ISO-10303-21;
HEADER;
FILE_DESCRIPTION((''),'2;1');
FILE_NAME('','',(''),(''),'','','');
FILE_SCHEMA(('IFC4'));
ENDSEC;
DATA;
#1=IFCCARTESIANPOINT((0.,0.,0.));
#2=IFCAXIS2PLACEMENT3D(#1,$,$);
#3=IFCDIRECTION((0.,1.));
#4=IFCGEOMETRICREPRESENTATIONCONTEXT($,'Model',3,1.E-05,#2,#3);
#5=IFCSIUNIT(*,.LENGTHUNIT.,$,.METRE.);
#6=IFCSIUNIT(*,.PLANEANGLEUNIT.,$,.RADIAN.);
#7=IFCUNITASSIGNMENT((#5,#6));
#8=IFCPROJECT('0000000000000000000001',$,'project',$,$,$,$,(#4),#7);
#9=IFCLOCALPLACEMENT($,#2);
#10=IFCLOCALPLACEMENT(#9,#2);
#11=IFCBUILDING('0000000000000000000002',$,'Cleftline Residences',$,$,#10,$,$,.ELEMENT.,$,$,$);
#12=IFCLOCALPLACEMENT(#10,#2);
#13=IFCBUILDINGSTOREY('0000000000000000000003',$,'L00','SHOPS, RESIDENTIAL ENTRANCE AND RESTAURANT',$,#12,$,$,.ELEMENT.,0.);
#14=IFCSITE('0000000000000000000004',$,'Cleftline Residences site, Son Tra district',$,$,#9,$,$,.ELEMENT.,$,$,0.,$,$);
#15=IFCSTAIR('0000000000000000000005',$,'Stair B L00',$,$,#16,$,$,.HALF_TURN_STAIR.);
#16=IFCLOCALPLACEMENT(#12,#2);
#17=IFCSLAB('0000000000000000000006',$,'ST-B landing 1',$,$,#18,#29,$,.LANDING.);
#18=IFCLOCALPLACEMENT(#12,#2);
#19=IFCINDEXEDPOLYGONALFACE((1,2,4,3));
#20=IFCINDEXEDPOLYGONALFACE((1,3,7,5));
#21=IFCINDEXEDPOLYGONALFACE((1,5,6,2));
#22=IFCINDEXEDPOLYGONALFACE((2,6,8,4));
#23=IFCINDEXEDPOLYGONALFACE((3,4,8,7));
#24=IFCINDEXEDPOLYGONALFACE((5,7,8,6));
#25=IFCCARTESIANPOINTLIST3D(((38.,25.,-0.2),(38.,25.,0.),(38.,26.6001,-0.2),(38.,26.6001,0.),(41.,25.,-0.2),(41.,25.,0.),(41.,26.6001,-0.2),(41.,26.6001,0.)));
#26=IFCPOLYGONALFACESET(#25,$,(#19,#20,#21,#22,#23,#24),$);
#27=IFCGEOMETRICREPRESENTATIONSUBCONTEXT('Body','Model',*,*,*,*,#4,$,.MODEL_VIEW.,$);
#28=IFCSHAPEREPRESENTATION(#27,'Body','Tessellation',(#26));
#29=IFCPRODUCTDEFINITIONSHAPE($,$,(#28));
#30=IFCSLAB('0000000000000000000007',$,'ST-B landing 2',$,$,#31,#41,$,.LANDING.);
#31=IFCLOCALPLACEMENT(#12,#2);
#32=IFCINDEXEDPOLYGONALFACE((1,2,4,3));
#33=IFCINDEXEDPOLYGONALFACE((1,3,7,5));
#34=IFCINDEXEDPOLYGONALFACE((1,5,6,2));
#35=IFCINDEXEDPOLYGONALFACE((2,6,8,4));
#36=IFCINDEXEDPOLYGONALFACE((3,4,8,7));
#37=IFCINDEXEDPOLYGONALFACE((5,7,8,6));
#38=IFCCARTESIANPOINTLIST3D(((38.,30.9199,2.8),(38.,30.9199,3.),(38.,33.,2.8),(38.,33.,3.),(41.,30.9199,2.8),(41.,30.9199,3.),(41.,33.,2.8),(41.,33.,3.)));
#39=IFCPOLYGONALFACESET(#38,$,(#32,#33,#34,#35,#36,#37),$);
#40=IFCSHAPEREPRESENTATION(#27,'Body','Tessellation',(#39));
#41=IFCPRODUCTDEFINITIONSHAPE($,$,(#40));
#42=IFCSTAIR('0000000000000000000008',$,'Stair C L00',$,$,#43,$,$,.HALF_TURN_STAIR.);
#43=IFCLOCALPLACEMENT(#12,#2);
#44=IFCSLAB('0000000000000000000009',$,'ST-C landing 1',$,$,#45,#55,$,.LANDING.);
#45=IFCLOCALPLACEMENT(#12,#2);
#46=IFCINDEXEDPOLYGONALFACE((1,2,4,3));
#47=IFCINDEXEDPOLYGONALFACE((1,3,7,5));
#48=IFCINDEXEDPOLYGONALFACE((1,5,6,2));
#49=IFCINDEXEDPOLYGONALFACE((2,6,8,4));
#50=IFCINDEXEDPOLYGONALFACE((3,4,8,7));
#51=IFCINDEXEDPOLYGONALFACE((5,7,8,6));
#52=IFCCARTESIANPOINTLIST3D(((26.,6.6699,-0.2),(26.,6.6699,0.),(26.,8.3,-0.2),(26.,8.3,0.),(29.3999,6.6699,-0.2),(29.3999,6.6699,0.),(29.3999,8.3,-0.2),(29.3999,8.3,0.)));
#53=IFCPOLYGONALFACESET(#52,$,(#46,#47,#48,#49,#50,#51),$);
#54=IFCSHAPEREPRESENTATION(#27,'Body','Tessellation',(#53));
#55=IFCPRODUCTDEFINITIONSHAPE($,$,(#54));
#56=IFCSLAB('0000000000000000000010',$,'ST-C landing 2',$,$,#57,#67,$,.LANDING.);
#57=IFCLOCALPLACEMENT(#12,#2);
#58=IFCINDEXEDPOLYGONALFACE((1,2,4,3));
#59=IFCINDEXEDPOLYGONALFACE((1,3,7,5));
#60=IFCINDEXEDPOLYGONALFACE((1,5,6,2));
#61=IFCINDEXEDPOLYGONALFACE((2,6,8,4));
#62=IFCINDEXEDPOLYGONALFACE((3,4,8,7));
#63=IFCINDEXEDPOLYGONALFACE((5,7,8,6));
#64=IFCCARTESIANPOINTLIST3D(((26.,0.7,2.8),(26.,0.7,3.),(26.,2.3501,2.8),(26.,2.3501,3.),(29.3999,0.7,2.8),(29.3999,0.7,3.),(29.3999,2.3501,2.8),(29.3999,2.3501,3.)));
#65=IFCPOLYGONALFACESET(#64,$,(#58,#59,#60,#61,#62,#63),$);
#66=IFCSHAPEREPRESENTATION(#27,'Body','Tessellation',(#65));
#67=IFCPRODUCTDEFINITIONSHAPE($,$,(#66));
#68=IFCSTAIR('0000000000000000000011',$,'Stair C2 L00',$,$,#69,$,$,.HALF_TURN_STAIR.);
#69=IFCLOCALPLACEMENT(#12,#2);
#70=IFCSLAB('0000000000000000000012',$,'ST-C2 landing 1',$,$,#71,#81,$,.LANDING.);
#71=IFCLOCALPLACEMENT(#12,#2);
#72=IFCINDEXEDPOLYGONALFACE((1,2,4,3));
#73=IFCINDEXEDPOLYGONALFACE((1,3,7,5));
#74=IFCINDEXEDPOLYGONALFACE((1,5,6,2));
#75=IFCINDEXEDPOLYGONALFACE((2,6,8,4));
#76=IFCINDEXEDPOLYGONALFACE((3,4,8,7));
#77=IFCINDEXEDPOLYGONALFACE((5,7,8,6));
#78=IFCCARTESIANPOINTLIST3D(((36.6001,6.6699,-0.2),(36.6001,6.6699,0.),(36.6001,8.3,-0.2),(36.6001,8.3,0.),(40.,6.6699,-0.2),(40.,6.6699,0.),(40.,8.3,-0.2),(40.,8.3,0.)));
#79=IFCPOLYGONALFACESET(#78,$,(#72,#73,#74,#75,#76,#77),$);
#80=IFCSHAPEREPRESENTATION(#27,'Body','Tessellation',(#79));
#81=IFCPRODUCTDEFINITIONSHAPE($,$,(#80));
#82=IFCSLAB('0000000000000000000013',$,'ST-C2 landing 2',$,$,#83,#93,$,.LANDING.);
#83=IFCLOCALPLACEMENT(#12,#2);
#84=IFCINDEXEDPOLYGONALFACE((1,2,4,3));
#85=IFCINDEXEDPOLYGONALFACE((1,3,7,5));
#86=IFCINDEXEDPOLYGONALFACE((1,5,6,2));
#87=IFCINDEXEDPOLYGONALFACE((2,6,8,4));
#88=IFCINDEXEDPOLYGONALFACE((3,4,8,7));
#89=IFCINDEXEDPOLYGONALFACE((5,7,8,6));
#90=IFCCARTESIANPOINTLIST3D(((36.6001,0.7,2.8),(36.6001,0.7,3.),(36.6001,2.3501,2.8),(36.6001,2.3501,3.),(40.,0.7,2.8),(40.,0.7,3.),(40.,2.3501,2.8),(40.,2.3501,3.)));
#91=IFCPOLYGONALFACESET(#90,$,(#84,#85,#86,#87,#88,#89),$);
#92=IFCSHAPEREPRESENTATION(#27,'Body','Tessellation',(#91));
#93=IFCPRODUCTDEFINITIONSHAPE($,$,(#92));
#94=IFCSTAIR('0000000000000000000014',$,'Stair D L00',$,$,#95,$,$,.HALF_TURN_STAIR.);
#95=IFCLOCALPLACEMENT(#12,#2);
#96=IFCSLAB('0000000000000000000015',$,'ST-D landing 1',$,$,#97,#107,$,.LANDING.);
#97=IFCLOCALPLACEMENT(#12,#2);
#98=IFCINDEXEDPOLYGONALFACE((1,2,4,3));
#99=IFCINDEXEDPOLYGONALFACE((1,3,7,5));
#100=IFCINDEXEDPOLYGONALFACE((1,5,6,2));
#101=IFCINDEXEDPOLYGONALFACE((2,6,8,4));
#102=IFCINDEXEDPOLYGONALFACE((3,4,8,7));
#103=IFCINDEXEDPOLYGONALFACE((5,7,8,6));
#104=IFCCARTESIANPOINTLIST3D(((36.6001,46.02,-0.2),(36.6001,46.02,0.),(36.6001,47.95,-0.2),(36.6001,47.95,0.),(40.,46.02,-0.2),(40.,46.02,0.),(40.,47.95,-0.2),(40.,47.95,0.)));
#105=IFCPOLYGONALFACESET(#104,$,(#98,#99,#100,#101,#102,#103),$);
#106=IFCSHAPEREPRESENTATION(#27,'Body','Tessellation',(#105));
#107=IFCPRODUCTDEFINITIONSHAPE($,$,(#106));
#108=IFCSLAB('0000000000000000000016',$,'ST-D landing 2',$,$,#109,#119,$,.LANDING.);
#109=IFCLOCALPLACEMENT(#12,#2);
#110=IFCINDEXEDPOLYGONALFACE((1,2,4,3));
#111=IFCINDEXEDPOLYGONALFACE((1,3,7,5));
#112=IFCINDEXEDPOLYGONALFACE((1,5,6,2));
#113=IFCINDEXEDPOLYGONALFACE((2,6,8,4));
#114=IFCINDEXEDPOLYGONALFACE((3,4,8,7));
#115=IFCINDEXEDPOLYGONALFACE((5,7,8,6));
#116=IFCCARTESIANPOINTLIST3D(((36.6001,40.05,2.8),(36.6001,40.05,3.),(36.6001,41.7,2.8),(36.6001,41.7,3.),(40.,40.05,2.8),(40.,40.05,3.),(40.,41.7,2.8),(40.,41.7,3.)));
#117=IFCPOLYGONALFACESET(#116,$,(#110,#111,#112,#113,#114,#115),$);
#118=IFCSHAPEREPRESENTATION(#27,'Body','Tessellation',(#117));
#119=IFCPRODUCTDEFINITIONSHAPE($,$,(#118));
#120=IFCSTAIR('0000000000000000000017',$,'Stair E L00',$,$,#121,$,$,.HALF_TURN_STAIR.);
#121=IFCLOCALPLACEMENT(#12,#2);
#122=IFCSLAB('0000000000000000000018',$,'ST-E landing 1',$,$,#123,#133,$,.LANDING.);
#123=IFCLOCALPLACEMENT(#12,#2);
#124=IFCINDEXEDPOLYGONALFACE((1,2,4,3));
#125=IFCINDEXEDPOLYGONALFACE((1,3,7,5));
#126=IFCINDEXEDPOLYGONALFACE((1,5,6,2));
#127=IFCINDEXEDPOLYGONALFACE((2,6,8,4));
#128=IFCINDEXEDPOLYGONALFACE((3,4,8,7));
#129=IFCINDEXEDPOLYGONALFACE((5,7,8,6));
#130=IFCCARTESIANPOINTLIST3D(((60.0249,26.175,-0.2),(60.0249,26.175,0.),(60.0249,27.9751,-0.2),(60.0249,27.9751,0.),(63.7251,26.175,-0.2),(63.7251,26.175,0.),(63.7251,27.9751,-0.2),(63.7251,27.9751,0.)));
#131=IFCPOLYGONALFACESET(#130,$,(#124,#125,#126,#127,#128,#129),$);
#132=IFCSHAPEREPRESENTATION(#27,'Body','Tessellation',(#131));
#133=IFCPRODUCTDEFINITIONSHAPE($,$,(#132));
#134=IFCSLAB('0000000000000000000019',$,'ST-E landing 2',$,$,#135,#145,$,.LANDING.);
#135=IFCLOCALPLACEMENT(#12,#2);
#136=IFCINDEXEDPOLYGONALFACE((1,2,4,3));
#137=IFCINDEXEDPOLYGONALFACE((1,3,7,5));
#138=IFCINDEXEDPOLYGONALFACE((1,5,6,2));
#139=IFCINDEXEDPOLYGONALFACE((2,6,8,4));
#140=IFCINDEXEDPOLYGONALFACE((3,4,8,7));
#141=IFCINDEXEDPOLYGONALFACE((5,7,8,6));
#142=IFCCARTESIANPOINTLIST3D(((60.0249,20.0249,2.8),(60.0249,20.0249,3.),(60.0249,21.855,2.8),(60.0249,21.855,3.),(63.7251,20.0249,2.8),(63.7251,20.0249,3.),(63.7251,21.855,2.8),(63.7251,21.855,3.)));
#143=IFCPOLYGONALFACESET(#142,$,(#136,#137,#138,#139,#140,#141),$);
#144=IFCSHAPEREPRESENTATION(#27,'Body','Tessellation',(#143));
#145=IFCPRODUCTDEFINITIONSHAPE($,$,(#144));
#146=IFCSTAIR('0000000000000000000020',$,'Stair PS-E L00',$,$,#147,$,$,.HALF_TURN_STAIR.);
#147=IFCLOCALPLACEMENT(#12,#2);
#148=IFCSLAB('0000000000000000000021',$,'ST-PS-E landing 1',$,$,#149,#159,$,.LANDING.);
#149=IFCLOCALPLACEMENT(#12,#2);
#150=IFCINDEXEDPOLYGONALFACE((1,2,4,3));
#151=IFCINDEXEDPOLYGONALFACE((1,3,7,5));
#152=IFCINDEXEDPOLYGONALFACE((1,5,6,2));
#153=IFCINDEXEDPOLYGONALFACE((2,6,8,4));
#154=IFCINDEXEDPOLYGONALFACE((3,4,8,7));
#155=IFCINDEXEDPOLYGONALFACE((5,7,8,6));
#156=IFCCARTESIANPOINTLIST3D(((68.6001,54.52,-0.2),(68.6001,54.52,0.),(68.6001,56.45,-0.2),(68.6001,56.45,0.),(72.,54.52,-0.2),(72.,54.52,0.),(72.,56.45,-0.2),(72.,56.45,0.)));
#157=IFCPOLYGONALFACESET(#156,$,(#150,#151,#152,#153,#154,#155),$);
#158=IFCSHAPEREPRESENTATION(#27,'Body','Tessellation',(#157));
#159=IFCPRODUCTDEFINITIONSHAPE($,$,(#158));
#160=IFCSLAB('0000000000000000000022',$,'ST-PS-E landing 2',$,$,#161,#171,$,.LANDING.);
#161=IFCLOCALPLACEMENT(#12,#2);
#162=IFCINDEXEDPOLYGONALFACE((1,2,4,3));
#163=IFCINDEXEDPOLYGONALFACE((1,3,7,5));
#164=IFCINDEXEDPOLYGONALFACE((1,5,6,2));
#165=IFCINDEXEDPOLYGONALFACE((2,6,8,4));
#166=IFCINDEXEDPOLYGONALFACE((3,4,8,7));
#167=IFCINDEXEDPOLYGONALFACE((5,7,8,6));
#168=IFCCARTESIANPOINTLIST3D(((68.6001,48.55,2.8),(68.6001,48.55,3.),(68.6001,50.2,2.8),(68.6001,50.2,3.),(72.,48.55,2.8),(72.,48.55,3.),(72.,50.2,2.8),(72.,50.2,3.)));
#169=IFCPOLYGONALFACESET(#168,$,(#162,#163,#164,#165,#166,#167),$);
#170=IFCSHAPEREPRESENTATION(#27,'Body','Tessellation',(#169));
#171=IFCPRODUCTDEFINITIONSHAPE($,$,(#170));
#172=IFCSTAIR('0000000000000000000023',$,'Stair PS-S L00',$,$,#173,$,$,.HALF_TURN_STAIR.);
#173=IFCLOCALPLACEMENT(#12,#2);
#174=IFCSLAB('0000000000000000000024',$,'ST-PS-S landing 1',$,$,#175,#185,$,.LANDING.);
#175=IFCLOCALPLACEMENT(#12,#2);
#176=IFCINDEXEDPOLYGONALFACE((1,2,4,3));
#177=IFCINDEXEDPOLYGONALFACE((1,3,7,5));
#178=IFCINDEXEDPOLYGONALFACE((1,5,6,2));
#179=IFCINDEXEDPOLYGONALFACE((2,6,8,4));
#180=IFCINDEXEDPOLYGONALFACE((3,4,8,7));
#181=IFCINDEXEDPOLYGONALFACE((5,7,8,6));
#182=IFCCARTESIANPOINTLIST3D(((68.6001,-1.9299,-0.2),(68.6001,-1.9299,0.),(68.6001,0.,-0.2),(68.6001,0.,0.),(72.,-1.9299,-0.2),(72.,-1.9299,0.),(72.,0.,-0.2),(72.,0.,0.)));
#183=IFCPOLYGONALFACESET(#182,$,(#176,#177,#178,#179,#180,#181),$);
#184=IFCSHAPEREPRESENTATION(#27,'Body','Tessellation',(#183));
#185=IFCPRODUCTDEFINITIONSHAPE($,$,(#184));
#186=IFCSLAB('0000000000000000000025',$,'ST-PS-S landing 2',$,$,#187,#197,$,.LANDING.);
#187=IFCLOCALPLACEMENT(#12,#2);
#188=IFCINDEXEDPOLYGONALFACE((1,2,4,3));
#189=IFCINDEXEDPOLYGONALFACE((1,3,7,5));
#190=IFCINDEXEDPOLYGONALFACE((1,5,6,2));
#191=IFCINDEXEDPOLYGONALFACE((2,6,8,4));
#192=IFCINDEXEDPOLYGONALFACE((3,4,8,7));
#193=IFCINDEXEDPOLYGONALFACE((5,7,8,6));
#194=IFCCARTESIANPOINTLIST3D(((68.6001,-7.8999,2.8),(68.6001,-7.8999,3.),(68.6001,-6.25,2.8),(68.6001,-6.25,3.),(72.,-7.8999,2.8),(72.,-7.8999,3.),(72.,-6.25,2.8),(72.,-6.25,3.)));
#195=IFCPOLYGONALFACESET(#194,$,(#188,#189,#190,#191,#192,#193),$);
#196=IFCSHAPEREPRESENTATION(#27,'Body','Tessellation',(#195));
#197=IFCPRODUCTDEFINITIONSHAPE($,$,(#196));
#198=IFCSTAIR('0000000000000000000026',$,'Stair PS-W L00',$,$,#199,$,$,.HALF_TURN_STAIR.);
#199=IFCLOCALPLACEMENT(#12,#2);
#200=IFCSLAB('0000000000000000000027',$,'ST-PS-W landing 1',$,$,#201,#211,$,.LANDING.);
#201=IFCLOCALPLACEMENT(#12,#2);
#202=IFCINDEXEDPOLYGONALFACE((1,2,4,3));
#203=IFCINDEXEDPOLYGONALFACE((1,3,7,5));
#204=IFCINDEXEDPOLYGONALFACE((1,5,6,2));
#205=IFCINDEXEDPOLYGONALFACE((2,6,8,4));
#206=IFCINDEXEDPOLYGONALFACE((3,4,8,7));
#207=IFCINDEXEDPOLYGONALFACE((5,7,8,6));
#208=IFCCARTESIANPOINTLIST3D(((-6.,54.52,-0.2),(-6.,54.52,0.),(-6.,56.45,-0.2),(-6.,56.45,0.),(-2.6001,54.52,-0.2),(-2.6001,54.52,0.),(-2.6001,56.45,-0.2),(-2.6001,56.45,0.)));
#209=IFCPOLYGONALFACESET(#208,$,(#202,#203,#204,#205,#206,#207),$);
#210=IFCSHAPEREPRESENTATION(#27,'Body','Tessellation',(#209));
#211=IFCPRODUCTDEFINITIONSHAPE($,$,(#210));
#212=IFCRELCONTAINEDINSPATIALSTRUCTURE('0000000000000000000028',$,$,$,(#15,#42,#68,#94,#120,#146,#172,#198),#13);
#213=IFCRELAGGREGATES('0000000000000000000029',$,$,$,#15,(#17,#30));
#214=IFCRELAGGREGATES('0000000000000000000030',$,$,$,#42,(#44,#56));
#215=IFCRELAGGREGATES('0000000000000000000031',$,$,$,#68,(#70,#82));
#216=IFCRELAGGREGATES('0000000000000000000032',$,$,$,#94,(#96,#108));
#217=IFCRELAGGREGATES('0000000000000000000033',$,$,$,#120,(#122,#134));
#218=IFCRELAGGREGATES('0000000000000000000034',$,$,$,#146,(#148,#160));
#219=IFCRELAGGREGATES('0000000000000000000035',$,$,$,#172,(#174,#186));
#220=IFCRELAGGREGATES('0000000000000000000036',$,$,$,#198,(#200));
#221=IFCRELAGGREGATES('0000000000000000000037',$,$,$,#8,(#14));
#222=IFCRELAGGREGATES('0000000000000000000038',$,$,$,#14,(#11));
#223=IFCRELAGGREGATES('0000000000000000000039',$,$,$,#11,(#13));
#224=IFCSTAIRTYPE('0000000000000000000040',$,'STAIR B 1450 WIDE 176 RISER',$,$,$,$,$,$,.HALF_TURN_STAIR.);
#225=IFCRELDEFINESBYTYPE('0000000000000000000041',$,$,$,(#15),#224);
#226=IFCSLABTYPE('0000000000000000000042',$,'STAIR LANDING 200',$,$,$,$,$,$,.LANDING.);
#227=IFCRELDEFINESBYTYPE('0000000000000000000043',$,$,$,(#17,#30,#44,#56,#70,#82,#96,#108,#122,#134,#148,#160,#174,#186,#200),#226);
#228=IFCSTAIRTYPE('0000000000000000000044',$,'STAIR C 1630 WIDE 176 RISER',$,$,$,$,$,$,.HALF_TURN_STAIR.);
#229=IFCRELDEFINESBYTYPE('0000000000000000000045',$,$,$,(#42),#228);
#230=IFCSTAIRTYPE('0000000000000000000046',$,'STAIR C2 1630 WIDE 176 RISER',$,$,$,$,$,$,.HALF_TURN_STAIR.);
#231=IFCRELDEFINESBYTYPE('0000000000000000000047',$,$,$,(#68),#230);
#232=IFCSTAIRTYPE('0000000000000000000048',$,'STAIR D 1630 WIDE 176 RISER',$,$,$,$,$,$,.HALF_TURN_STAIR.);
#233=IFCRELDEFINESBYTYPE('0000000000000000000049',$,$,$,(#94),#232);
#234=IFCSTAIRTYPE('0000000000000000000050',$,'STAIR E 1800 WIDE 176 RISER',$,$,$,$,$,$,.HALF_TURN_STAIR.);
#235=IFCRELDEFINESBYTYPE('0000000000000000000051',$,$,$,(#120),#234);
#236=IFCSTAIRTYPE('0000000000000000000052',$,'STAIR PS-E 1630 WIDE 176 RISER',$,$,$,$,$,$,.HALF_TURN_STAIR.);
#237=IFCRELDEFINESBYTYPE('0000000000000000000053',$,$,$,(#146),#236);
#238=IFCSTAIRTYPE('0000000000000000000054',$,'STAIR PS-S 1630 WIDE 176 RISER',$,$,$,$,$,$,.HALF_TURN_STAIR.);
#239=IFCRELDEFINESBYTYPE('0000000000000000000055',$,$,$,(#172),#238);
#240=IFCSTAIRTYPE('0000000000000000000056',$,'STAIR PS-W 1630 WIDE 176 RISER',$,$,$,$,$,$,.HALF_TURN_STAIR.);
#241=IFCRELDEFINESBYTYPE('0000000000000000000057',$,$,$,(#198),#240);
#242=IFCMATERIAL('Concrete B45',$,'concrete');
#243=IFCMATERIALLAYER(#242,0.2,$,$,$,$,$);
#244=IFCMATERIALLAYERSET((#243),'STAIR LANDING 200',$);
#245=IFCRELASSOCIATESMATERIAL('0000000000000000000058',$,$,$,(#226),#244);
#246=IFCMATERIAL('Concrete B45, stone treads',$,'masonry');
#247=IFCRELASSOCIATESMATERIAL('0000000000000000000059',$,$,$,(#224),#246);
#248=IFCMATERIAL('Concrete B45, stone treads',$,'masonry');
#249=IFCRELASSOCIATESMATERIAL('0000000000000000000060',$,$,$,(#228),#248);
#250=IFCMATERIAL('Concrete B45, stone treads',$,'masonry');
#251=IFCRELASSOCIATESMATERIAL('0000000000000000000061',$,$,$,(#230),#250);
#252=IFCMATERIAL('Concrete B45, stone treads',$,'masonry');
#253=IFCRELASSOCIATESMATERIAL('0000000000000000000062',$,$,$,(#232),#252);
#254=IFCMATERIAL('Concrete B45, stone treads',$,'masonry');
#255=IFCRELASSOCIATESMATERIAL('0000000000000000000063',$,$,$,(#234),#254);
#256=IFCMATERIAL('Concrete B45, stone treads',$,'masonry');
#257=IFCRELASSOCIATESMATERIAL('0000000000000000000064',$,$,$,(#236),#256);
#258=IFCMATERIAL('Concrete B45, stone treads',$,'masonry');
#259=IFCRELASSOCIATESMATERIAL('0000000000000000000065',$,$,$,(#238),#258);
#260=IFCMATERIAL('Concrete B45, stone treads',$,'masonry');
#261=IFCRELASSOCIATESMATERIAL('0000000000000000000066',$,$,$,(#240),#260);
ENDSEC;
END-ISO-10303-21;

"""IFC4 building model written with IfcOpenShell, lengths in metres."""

from ifc_helpers import new_model, si_unit, direction, frame, origin, place, context, subcontext, project, spatial, polyline, outline, extrude, material, layer, layer_set, type_object, element, aggregate, save


model = new_model("IFC4")

# Units and contexts
model_context = context("Model", 3, precision=1e-05, world=origin(), true_north=direction((0.0, 1.0)))
body_context = subcontext(model_context, "Body", "Model", "MODEL_VIEW")
ifc_project = project(units=[si_unit("LENGTHUNIT", "METRE"), si_unit("PLANEANGLEUNIT", "RADIAN")], contexts=[model_context])

# Site, building, storey
site_placement = place(None, origin())
site = spatial("IfcSite", under=ifc_project, at=site_placement, Name="Cleftline Residences site, Son Tra district", CompositionType="ELEMENT", RefElevation=0.0)
building_placement = place(site_placement, origin())
building = spatial("IfcBuilding", under=site, at=building_placement, Name="Cleftline Residences", CompositionType="ELEMENT")
storey_placement = place(building_placement, origin())
storey = spatial("IfcBuildingStorey", under=building, at=storey_placement, Name="L00", Description="SHOPS, RESIDENTIAL ENTRANCE AND RESTAURANT", CompositionType="ELEMENT", Elevation=0.0)

# Stairs, slabs
ifc_material_1 = material(Name="Concrete B45", Category="concrete")
ifc_layer_1 = layer(ifc_material_1, 0.2)
ifc_layer_set_1 = layer_set([ifc_layer_1], Name="STAIR LANDING 200")
slab_type_1 = type_object("IfcSlabType", Name="STAIR LANDING 200", PredefinedType="LANDING", material=ifc_layer_set_1)
ifc_material_2 = material(Name="Concrete B45, stone treads", Category="masonry")
stair_type_1 = type_object("IfcStairType", Name="STAIR B 1450 WIDE 176 RISER", PredefinedType="HALF_TURN_STAIR", material=ifc_material_2)
stair_1_placement = place(storey_placement, origin())
stair_1 = element("IfcStair", 1, at=stair_1_placement, inside=storey, type_object=stair_type_1, Name="Stair B L00", PredefinedType="HALF_TURN_STAIR")
slab_1_placement = place(storey_placement, frame((0.0, 0.0, -0.2)))
slab_1 = element("IfcSlab", 2, at=slab_1_placement, type_object=slab_type_1, Name="ST-B landing 1", PredefinedType="LANDING", context=body_context, shape_type="SweptSolid", body=[
    extrude(outline(polyline([(38.0, 25.0), (41.0, 25.0), (41.0, 26.6001), (38.0, 26.6001), (38.0, 25.0)])), origin(), (0.0, 0.0, 1.0), 0.2),
])
slab_2_placement = place(storey_placement, frame((0.0, 0.0, 2.8)))
slab_2 = element("IfcSlab", 3, at=slab_2_placement, type_object=slab_type_1, Name="ST-B landing 2", PredefinedType="LANDING", context=body_context, shape_type="SweptSolid", body=[
    extrude(outline(polyline([(38.0, 30.9199), (41.0, 30.9199), (41.0, 33.0), (38.0, 33.0), (38.0, 30.9199)])), origin(), (0.0, 0.0, 1.0), 0.2),
])
aggregate(stair_1, [slab_1, slab_2])
ifc_material_3 = material(Name="Concrete B45, stone treads", Category="masonry")
stair_type_2 = type_object("IfcStairType", Name="STAIR C 1630 WIDE 176 RISER", PredefinedType="HALF_TURN_STAIR", material=ifc_material_3)
stair_2_placement = place(storey_placement, origin())
stair_2 = element("IfcStair", 4, at=stair_2_placement, inside=storey, type_object=stair_type_2, Name="Stair C L00", PredefinedType="HALF_TURN_STAIR")
slab_3_placement = place(storey_placement, frame((0.0, 0.0, -0.2)))
slab_3 = element("IfcSlab", 5, at=slab_3_placement, type_object=slab_type_1, Name="ST-C landing 1", PredefinedType="LANDING", context=body_context, shape_type="SweptSolid", body=[
    extrude(outline(polyline([(26.0, 6.6699), (29.3999, 6.6699), (29.3999, 8.3), (26.0, 8.3), (26.0, 6.6699)])), origin(), (0.0, 0.0, 1.0), 0.2),
])
slab_4_placement = place(storey_placement, frame((0.0, 0.0, 2.8)))
slab_4 = element("IfcSlab", 6, at=slab_4_placement, type_object=slab_type_1, Name="ST-C landing 2", PredefinedType="LANDING", context=body_context, shape_type="SweptSolid", body=[
    extrude(outline(polyline([(26.0, 0.7), (29.3999, 0.7), (29.3999, 2.3501), (26.0, 2.3501), (26.0, 0.7)])), origin(), (0.0, 0.0, 1.0), 0.2),
])
aggregate(stair_2, [slab_3, slab_4])
ifc_material_4 = material(Name="Concrete B45, stone treads", Category="masonry")
stair_type_3 = type_object("IfcStairType", Name="STAIR C2 1630 WIDE 176 RISER", PredefinedType="HALF_TURN_STAIR", material=ifc_material_4)
stair_3_placement = place(storey_placement, origin())
stair_3 = element("IfcStair", 7, at=stair_3_placement, inside=storey, type_object=stair_type_3, Name="Stair C2 L00", PredefinedType="HALF_TURN_STAIR")
slab_5_placement = place(storey_placement, frame((0.0, 0.0, -0.2)))
slab_5 = element("IfcSlab", 8, at=slab_5_placement, type_object=slab_type_1, Name="ST-C2 landing 1", PredefinedType="LANDING", context=body_context, shape_type="SweptSolid", body=[
    extrude(outline(polyline([(36.6001, 6.6699), (40.0, 6.6699), (40.0, 8.3), (36.6001, 8.3), (36.6001, 6.6699)])), origin(), (0.0, 0.0, 1.0), 0.2),
])
slab_6_placement = place(storey_placement, frame((0.0, 0.0, 2.8)))
slab_6 = element("IfcSlab", 9, at=slab_6_placement, type_object=slab_type_1, Name="ST-C2 landing 2", PredefinedType="LANDING", context=body_context, shape_type="SweptSolid", body=[
    extrude(outline(polyline([(36.6001, 0.7), (40.0, 0.7), (40.0, 2.3501), (36.6001, 2.3501), (36.6001, 0.7)])), origin(), (0.0, 0.0, 1.0), 0.2),
])
aggregate(stair_3, [slab_5, slab_6])
ifc_material_5 = material(Name="Concrete B45, stone treads", Category="masonry")
stair_type_4 = type_object("IfcStairType", Name="STAIR D 1630 WIDE 176 RISER", PredefinedType="HALF_TURN_STAIR", material=ifc_material_5)
stair_4_placement = place(storey_placement, origin())
stair_4 = element("IfcStair", 10, at=stair_4_placement, inside=storey, type_object=stair_type_4, Name="Stair D L00", PredefinedType="HALF_TURN_STAIR")
slab_7_placement = place(storey_placement, frame((0.0, 0.0, -0.2)))
slab_7 = element("IfcSlab", 11, at=slab_7_placement, type_object=slab_type_1, Name="ST-D landing 1", PredefinedType="LANDING", context=body_context, shape_type="SweptSolid", body=[
    extrude(outline(polyline([(36.6001, 46.02), (40.0, 46.02), (40.0, 47.95), (36.6001, 47.95), (36.6001, 46.02)])), origin(), (0.0, 0.0, 1.0), 0.2),
])
slab_8_placement = place(storey_placement, frame((0.0, 0.0, 2.8)))
slab_8 = element("IfcSlab", 12, at=slab_8_placement, type_object=slab_type_1, Name="ST-D landing 2", PredefinedType="LANDING", context=body_context, shape_type="SweptSolid", body=[
    extrude(outline(polyline([(36.6001, 40.05), (40.0, 40.05), (40.0, 41.7), (36.6001, 41.7), (36.6001, 40.05)])), origin(), (0.0, 0.0, 1.0), 0.2),
])
aggregate(stair_4, [slab_7, slab_8])
ifc_material_6 = material(Name="Concrete B45, stone treads", Category="masonry")
stair_type_5 = type_object("IfcStairType", Name="STAIR E 1800 WIDE 176 RISER", PredefinedType="HALF_TURN_STAIR", material=ifc_material_6)
stair_5_placement = place(storey_placement, origin())
stair_5 = element("IfcStair", 13, at=stair_5_placement, inside=storey, type_object=stair_type_5, Name="Stair E L00", PredefinedType="HALF_TURN_STAIR")
slab_9_placement = place(storey_placement, frame((0.0, 0.0, -0.2)))
slab_9 = element("IfcSlab", 14, at=slab_9_placement, type_object=slab_type_1, Name="ST-E landing 1", PredefinedType="LANDING", context=body_context, shape_type="SweptSolid", body=[
    extrude(outline(polyline([(60.0249, 26.175), (63.7251, 26.175), (63.7251, 27.9751), (60.0249, 27.9751), (60.0249, 26.175)])), origin(), (0.0, 0.0, 1.0), 0.2),
])
slab_10_placement = place(storey_placement, frame((0.0, 0.0, 2.8)))
slab_10 = element("IfcSlab", 15, at=slab_10_placement, type_object=slab_type_1, Name="ST-E landing 2", PredefinedType="LANDING", context=body_context, shape_type="SweptSolid", body=[
    extrude(outline(polyline([(60.0249, 20.0249), (63.7251, 20.0249), (63.7251, 21.855), (60.0249, 21.855), (60.0249, 20.0249)])), origin(), (0.0, 0.0, 1.0), 0.2),
])
aggregate(stair_5, [slab_9, slab_10])
ifc_material_7 = material(Name="Concrete B45, stone treads", Category="masonry")
stair_type_6 = type_object("IfcStairType", Name="STAIR PS-E 1630 WIDE 176 RISER", PredefinedType="HALF_TURN_STAIR", material=ifc_material_7)
stair_6_placement = place(storey_placement, origin())
stair_6 = element("IfcStair", 16, at=stair_6_placement, inside=storey, type_object=stair_type_6, Name="Stair PS-E L00", PredefinedType="HALF_TURN_STAIR")
slab_11_placement = place(storey_placement, frame((0.0, 0.0, -0.2)))
slab_11 = element("IfcSlab", 17, at=slab_11_placement, type_object=slab_type_1, Name="ST-PS-E landing 1", PredefinedType="LANDING", context=body_context, shape_type="SweptSolid", body=[
    extrude(outline(polyline([(68.6001, 54.52), (72.0, 54.52), (72.0, 56.45), (68.6001, 56.45), (68.6001, 54.52)])), origin(), (0.0, 0.0, 1.0), 0.2),
])
slab_12_placement = place(storey_placement, frame((0.0, 0.0, 2.8)))
slab_12 = element("IfcSlab", 18, at=slab_12_placement, type_object=slab_type_1, Name="ST-PS-E landing 2", PredefinedType="LANDING", context=body_context, shape_type="SweptSolid", body=[
    extrude(outline(polyline([(68.6001, 48.55), (72.0, 48.55), (72.0, 50.2), (68.6001, 50.2), (68.6001, 48.55)])), origin(), (0.0, 0.0, 1.0), 0.2),
])
aggregate(stair_6, [slab_11, slab_12])
ifc_material_8 = material(Name="Concrete B45, stone treads", Category="masonry")
stair_type_7 = type_object("IfcStairType", Name="STAIR PS-S 1630 WIDE 176 RISER", PredefinedType="HALF_TURN_STAIR", material=ifc_material_8)
stair_7_placement = place(storey_placement, origin())
stair_7 = element("IfcStair", 19, at=stair_7_placement, inside=storey, type_object=stair_type_7, Name="Stair PS-S L00", PredefinedType="HALF_TURN_STAIR")
slab_13_placement = place(storey_placement, frame((0.0, 0.0, -0.2)))
slab_13 = element("IfcSlab", 20, at=slab_13_placement, type_object=slab_type_1, Name="ST-PS-S landing 1", PredefinedType="LANDING", context=body_context, shape_type="SweptSolid", body=[
    extrude(outline(polyline([(68.6001, -1.9299), (72.0, -1.9299), (72.0, 0.0), (68.6001, 0.0), (68.6001, -1.9299)])), origin(), (0.0, 0.0, 1.0), 0.2),
])
slab_14_placement = place(storey_placement, frame((0.0, 0.0, 2.8)))
slab_14 = element("IfcSlab", 21, at=slab_14_placement, type_object=slab_type_1, Name="ST-PS-S landing 2", PredefinedType="LANDING", context=body_context, shape_type="SweptSolid", body=[
    extrude(outline(polyline([(68.6001, -7.8999), (72.0, -7.8999), (72.0, -6.25), (68.6001, -6.25), (68.6001, -7.8999)])), origin(), (0.0, 0.0, 1.0), 0.2),
])
aggregate(stair_7, [slab_13, slab_14])
ifc_material_9 = material(Name="Concrete B45, stone treads", Category="masonry")
stair_type_8 = type_object("IfcStairType", Name="STAIR PS-W 1630 WIDE 176 RISER", PredefinedType="HALF_TURN_STAIR", material=ifc_material_9)
stair_8_placement = place(storey_placement, origin())
stair_8 = element("IfcStair", 22, at=stair_8_placement, inside=storey, type_object=stair_type_8, Name="Stair PS-W L00", PredefinedType="HALF_TURN_STAIR")
slab_15_placement = place(storey_placement, frame((0.0, 0.0, -0.2)))
slab_15 = element("IfcSlab", 23, at=slab_15_placement, type_object=slab_type_1, Name="ST-PS-W landing 1", PredefinedType="LANDING", context=body_context, shape_type="SweptSolid", body=[
    extrude(outline(polyline([(-6.0, 54.52), (-2.6001, 54.52), (-2.6001, 56.45), (-6.0, 56.45), (-6.0, 54.52)])), origin(), (0.0, 0.0, 1.0), 0.2),
])
aggregate(stair_8, [slab_15])

save(model, "model.ifc")
